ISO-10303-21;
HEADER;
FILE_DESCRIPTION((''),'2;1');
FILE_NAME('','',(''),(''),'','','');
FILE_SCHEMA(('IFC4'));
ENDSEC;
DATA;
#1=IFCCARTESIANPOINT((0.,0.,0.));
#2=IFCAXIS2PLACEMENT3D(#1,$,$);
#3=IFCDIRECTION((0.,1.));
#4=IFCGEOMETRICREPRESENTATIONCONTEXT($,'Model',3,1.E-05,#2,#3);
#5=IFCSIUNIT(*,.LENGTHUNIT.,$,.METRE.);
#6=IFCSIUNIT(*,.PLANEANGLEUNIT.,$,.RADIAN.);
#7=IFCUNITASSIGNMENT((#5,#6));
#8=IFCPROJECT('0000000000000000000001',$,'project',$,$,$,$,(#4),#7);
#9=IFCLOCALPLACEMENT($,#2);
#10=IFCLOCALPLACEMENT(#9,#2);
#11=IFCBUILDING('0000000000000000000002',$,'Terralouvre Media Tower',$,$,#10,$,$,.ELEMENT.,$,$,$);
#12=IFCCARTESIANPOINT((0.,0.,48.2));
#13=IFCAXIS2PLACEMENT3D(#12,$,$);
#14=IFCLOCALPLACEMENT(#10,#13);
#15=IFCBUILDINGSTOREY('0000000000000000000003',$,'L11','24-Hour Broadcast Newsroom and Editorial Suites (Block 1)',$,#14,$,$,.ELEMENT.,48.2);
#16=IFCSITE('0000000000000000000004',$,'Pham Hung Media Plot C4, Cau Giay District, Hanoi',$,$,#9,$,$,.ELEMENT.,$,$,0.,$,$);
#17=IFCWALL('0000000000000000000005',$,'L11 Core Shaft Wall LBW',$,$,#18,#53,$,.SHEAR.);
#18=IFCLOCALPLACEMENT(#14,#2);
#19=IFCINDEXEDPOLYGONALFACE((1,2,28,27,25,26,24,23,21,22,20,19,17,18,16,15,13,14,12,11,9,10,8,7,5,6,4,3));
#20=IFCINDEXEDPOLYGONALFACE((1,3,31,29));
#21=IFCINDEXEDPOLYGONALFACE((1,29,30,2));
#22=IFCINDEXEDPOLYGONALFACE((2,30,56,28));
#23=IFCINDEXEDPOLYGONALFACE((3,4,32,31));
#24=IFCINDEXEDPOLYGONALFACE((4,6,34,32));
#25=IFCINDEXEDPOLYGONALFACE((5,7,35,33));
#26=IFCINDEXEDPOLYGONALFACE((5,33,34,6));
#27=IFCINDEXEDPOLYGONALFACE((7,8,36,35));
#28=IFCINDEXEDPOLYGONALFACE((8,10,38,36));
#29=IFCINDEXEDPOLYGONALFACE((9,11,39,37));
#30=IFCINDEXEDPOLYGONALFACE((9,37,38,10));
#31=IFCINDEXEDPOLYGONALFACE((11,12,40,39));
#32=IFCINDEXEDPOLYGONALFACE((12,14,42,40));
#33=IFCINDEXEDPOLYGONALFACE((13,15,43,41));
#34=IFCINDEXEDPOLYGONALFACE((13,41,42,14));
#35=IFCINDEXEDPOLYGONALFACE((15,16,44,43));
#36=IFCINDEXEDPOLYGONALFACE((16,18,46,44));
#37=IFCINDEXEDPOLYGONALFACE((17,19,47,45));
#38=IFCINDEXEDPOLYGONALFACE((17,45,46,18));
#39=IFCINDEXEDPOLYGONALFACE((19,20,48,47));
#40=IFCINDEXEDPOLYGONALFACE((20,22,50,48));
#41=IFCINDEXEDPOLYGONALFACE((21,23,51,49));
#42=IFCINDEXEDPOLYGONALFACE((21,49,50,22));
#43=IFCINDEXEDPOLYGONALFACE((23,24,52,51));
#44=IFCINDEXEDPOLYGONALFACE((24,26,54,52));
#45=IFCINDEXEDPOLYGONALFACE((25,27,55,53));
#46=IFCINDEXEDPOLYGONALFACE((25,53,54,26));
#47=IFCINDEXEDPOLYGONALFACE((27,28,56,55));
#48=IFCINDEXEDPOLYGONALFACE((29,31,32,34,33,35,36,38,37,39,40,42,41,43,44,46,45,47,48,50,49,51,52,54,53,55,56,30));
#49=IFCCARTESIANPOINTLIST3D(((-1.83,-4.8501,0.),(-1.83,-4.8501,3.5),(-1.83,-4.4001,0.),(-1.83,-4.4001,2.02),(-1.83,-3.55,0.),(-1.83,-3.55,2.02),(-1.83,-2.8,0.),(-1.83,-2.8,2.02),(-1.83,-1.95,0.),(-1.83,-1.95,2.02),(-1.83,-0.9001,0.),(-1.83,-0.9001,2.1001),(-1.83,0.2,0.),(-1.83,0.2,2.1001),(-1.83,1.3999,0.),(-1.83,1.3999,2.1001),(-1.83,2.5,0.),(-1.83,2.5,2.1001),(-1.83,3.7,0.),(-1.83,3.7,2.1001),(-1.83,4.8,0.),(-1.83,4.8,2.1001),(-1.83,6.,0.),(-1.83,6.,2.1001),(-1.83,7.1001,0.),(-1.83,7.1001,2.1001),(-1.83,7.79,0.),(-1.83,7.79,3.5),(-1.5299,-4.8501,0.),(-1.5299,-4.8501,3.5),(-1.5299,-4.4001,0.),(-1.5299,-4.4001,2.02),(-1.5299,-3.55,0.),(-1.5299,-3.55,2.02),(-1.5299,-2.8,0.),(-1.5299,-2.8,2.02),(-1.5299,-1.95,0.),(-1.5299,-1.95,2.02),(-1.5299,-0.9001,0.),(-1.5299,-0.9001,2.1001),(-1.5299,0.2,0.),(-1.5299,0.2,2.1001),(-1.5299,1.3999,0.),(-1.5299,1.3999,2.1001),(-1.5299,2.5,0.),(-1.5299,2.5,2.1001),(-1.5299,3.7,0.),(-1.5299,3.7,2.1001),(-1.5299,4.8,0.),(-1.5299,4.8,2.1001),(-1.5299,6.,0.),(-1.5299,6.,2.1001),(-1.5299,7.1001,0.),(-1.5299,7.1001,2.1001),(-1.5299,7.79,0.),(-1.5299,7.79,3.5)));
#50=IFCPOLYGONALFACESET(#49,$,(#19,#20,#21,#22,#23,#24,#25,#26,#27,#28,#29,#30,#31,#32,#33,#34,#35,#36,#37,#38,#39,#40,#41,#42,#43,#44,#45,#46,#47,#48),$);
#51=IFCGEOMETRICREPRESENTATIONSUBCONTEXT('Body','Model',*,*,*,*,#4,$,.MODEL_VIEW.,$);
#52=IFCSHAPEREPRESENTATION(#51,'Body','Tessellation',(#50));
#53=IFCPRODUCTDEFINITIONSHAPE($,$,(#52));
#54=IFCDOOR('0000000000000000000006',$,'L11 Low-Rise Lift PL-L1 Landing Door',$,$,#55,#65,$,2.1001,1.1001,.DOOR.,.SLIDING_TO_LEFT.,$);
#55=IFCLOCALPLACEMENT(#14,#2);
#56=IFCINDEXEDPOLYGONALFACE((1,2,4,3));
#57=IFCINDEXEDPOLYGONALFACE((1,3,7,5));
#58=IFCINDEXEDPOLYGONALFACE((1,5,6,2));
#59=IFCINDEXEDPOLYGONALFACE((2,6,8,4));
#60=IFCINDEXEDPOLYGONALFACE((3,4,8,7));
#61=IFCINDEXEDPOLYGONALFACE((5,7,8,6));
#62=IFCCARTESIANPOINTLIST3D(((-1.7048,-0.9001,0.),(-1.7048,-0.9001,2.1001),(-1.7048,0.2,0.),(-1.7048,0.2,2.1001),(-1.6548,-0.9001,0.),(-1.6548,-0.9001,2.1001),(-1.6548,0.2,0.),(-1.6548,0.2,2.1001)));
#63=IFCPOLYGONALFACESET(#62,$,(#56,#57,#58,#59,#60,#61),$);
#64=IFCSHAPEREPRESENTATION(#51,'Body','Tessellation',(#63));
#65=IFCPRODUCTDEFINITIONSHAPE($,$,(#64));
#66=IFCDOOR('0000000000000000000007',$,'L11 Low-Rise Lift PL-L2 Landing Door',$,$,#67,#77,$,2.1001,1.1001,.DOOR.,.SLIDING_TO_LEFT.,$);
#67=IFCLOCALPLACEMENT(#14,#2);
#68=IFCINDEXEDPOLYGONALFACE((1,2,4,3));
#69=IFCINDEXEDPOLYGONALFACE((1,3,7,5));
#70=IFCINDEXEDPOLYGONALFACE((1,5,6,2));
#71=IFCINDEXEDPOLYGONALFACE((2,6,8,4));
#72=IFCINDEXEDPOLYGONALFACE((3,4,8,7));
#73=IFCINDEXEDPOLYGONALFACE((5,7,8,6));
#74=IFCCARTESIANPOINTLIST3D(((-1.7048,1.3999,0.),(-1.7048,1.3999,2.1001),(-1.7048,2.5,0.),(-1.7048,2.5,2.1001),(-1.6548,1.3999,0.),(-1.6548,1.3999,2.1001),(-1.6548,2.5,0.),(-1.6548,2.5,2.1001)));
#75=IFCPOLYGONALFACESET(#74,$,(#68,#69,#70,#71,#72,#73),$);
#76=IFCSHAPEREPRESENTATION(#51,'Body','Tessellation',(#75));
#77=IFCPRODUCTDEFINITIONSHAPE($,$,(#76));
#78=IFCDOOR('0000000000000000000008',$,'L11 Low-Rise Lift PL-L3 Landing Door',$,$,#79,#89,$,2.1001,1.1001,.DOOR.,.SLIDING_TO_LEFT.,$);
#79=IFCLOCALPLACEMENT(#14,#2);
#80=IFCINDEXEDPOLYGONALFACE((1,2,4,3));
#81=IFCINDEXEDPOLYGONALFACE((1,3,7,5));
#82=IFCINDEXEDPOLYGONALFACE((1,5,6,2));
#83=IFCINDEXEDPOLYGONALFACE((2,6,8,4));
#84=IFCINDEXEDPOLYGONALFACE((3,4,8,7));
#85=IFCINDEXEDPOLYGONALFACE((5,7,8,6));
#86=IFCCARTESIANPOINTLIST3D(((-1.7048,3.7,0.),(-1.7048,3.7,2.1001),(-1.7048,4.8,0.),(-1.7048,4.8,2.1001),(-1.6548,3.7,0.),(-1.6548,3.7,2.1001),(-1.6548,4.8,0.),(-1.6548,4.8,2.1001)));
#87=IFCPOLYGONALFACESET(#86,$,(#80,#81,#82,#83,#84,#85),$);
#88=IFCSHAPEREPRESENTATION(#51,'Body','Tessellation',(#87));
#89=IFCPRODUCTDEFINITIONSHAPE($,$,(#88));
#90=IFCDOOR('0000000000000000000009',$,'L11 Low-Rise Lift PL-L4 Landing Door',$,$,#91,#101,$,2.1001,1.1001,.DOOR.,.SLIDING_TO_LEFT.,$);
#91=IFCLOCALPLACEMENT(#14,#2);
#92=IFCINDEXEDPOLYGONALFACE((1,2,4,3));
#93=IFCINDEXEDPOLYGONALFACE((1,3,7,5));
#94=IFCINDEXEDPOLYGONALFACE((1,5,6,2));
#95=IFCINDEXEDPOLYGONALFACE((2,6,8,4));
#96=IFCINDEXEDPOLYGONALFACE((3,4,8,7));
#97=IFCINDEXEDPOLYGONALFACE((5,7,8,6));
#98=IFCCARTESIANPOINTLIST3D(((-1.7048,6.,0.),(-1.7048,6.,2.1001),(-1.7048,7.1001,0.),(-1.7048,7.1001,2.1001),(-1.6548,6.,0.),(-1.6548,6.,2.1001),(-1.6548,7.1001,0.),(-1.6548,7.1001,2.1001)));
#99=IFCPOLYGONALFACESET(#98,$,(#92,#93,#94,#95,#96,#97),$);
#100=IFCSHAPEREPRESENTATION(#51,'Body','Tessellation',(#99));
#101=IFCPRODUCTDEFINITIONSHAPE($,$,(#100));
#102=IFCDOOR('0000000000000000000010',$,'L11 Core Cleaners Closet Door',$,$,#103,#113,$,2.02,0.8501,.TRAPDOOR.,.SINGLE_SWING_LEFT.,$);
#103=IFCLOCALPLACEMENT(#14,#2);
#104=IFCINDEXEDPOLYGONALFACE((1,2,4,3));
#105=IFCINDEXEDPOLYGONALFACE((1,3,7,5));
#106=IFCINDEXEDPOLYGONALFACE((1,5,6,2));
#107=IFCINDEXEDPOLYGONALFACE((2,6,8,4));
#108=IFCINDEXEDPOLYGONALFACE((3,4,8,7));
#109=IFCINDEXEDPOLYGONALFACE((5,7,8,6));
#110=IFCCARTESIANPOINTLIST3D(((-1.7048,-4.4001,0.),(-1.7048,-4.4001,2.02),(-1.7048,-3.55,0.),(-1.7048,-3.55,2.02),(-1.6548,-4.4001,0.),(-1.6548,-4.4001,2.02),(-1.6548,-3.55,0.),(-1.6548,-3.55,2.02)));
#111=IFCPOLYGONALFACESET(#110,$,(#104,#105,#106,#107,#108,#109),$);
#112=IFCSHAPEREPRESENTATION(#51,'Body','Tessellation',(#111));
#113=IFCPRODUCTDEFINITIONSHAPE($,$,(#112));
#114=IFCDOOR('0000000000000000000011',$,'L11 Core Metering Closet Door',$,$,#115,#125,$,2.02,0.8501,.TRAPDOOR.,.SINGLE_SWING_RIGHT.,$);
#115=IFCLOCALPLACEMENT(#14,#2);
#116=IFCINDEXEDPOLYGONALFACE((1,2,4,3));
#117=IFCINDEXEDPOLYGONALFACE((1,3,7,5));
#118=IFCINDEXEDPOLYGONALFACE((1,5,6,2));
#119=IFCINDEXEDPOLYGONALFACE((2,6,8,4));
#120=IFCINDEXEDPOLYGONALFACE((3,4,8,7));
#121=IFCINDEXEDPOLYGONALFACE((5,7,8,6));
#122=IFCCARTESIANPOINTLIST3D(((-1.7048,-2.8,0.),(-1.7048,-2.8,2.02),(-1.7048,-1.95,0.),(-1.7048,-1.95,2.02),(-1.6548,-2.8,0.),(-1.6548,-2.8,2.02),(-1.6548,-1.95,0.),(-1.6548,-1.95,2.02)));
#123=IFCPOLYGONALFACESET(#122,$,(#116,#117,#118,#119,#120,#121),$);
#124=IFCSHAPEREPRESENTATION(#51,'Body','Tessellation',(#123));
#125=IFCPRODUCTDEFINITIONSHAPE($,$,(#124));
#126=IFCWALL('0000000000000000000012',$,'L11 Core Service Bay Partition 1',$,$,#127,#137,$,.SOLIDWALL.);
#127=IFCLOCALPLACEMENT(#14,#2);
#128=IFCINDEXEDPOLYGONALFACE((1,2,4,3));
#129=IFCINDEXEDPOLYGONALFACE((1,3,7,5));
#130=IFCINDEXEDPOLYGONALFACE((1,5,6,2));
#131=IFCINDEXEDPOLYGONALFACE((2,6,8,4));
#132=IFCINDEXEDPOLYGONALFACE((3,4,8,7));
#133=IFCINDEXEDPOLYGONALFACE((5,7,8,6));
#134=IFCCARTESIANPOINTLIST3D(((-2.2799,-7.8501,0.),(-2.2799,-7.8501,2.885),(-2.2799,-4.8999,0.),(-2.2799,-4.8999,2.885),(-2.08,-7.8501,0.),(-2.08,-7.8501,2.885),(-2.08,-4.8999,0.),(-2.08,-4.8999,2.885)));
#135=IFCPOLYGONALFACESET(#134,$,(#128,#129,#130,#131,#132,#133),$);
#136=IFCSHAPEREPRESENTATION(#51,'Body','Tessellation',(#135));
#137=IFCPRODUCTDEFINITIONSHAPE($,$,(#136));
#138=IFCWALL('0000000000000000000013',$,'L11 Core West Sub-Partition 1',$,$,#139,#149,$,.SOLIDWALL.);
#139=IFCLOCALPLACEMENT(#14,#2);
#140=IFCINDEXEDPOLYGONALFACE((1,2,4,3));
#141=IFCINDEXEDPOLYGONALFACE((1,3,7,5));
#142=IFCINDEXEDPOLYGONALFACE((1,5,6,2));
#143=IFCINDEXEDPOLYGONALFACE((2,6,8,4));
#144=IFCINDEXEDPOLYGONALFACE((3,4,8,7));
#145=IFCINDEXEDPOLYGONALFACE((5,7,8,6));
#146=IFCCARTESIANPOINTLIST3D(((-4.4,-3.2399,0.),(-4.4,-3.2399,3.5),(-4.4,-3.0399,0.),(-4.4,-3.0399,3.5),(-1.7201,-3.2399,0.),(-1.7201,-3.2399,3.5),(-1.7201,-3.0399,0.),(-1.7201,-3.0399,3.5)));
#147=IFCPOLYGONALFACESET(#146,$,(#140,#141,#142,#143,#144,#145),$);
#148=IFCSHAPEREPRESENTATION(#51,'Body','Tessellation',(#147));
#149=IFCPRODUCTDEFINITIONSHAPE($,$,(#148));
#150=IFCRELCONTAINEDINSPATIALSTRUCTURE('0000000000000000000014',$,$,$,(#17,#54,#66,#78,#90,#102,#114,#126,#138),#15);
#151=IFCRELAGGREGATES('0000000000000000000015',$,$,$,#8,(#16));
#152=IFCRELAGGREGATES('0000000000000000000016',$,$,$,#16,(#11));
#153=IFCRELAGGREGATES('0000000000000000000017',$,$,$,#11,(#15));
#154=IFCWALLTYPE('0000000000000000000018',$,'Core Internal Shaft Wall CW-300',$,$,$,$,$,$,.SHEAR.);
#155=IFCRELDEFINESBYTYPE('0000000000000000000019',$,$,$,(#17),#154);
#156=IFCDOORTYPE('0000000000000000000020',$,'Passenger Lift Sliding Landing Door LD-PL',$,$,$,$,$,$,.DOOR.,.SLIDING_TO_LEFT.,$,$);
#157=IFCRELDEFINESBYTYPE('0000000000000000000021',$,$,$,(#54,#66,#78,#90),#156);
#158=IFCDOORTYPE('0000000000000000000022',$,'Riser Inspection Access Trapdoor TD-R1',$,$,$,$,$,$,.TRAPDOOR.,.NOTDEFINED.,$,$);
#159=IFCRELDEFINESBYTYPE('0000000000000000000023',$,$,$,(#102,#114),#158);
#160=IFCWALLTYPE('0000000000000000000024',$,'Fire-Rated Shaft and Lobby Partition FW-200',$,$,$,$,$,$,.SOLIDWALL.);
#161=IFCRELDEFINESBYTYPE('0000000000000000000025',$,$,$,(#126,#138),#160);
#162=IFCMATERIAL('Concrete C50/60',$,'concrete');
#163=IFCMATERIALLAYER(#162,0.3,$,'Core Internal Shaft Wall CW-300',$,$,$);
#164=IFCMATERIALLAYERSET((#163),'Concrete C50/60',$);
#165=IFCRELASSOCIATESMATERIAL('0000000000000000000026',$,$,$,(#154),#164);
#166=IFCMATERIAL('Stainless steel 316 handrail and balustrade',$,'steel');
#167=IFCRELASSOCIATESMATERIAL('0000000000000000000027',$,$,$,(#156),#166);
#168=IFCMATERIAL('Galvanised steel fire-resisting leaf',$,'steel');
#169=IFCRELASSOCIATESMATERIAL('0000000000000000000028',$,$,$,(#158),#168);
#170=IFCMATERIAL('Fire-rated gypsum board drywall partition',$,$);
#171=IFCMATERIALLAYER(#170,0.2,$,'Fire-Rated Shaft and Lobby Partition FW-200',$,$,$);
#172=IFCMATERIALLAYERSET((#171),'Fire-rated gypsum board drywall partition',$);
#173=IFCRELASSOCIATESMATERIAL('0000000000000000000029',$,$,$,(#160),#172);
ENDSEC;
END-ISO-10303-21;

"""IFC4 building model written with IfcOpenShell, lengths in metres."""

from ifc_helpers import new_model, si_unit, direction, frame, frame_2d, origin, place, context, subcontext, project, spatial, rectangle, extrude, material, layer, layer_set, type_object, element, fill, save


model = new_model("IFC4")

# Units and contexts
model_context = context("Model", 3, precision=1e-05, world=origin(), true_north=direction((0.0, 1.0)))
body_context = subcontext(model_context, "Body", "Model", "MODEL_VIEW")
ifc_project = project(units=[si_unit("LENGTHUNIT", "METRE"), si_unit("PLANEANGLEUNIT", "RADIAN")], contexts=[model_context])

# Site, building, storey
site_placement = place(None, origin())
site = spatial("IfcSite", under=ifc_project, at=site_placement, Name="Pham Hung Media Plot C4, Cau Giay District, Hanoi", CompositionType="ELEMENT", RefElevation=0.0)
building_placement = place(site_placement, origin())
building = spatial("IfcBuilding", under=site, at=building_placement, Name="Terralouvre Media Tower", CompositionType="ELEMENT")
storey_placement = place(building_placement, frame((0.0, 0.0, 48.2)))
storey = spatial("IfcBuildingStorey", under=building, at=storey_placement, Name="L11", Description="24-Hour Broadcast Newsroom and Editorial Suites (Block 1)", CompositionType="ELEMENT", Elevation=48.2)

# Shared definitions
ifc_material_1 = material(Name="Concrete C50/60", Category="concrete")
ifc_layer_1 = layer(ifc_material_1, 0.3, Name="Core Internal Shaft Wall CW-300")
ifc_layer_set_1 = layer_set([ifc_layer_1], Name="Concrete C50/60")
wall_type_1 = type_object("IfcWallType", Name="Core Internal Shaft Wall CW-300", PredefinedType="SHEAR", material=ifc_layer_set_1)

# Wall, openings, doors
wall_1_placement = place(storey_placement, frame((-1.6799, -4.8501, 0.0), z_axis=(0.0, 0.0, 1.0), x_axis=(0.0, 1.0, 0.0)))
wall_1 = element("IfcWall", 1, at=wall_1_placement, inside=storey, type_object=wall_type_1, Name="L11 Core Shaft Wall LBW", PredefinedType="SHEAR", context=body_context, shape_type="SweptSolid", body=[
    extrude(rectangle(XDim=12.6401, YDim=0.3, at=frame_2d((6.3201, 0.0))), origin(), (0.0, 0.0, 1.0), 3.5),
])
opening_1_placement = place(wall_1_placement, frame((3.95, 0.0, 0.0)))
opening_1 = element("IfcOpeningElement", 2, at=opening_1_placement, cuts=wall_1, PredefinedType="OPENING", context=body_context, shape_type="SweptSolid", body=[
    extrude(rectangle(XDim=1.1001, YDim=2.1001, at=frame_2d((0.55, 1.05))), frame((0.0, 0.1599, 0.0), z_axis=(0.0, -1.0, 0.0), x_axis=(1.0, 0.0, 0.0)), (0.0, 0.0, 1.0), 0.3201),
])
opening_2_placement = place(wall_1_placement, frame((6.25, 0.0, 0.0)))
opening_2 = element("IfcOpeningElement", 3, at=opening_2_placement, cuts=wall_1, PredefinedType="OPENING", context=body_context, shape_type="SweptSolid", body=[
    extrude(rectangle(XDim=1.1001, YDim=2.1001, at=frame_2d((0.55, 1.05))), frame((0.0, 0.1599, 0.0), z_axis=(0.0, -1.0, 0.0), x_axis=(1.0, 0.0, 0.0)), (0.0, 0.0, 1.0), 0.3201),
])
opening_3_placement = place(wall_1_placement, frame((8.55, 0.0, 0.0)))
opening_3 = element("IfcOpeningElement", 4, at=opening_3_placement, cuts=wall_1, PredefinedType="OPENING", context=body_context, shape_type="SweptSolid", body=[
    extrude(rectangle(XDim=1.1001, YDim=2.1001, at=frame_2d((0.55, 1.05))), frame((0.0, 0.1599, 0.0), z_axis=(0.0, -1.0, 0.0), x_axis=(1.0, 0.0, 0.0)), (0.0, 0.0, 1.0), 0.3201),
])
opening_4_placement = place(wall_1_placement, frame((10.8501, 0.0, 0.0)))
opening_4 = element("IfcOpeningElement", 5, at=opening_4_placement, cuts=wall_1, PredefinedType="OPENING", context=body_context, shape_type="SweptSolid", body=[
    extrude(rectangle(XDim=1.1001, YDim=2.1001, at=frame_2d((0.55, 1.05))), frame((0.0, 0.1599, 0.0), z_axis=(0.0, -1.0, 0.0), x_axis=(1.0, 0.0, 0.0)), (0.0, 0.0, 1.0), 0.3201),
])
opening_5_placement = place(wall_1_placement, frame((0.45, 0.0, 0.0)))
opening_5 = element("IfcOpeningElement", 6, at=opening_5_placement, cuts=wall_1, PredefinedType="OPENING", context=body_context, shape_type="SweptSolid", body=[
    extrude(rectangle(XDim=0.8501, YDim=2.02, at=frame_2d((0.425, 1.01))), frame((0.0, 0.1599, 0.0), z_axis=(0.0, -1.0, 0.0), x_axis=(1.0, 0.0, 0.0)), (0.0, 0.0, 1.0), 0.3201),
])
opening_6_placement = place(wall_1_placement, frame((2.05, 0.0, 0.0)))
opening_6 = element("IfcOpeningElement", 7, at=opening_6_placement, cuts=wall_1, PredefinedType="OPENING", context=body_context, shape_type="SweptSolid", body=[
    extrude(rectangle(XDim=0.8501, YDim=2.02, at=frame_2d((0.425, 1.01))), frame((0.0, 0.1599, 0.0), z_axis=(0.0, -1.0, 0.0), x_axis=(1.0, 0.0, 0.0)), (0.0, 0.0, 1.0), 0.3201),
])
ifc_material_2 = material(Name="Stainless steel 316 handrail and balustrade", Category="steel")
door_type_1 = type_object("IfcDoorType", Name="Passenger Lift Sliding Landing Door LD-PL", OperationType="SLIDING_TO_LEFT", PredefinedType="DOOR", material=ifc_material_2)
door_1_placement = place(opening_1_placement, origin())
door_1 = element("IfcDoor", 8, at=door_1_placement, inside=storey, type_object=door_type_1, Name="L11 Low-Rise Lift PL-L1 Landing Door", OperationType="SLIDING_TO_LEFT", OverallHeight=2.1001, OverallWidth=1.1001, PredefinedType="DOOR", context=body_context, shape_type="SweptSolid", body=[
    extrude(rectangle(XDim=1.1001, YDim=2.1001, at=frame_2d((0.55, 1.05))), frame((0.0, 0.0249, 0.0), z_axis=(0.0, -1.0, 0.0), x_axis=(1.0, 0.0, 0.0)), (0.0, 0.0, 1.0), 0.05),
])
fill(opening_1, door_1)
door_2_placement = place(opening_2_placement, origin())
door_2 = element("IfcDoor", 9, at=door_2_placement, inside=storey, type_object=door_type_1, Name="L11 Low-Rise Lift PL-L2 Landing Door", OperationType="SLIDING_TO_LEFT", OverallHeight=2.1001, OverallWidth=1.1001, PredefinedType="DOOR", context=body_context, shape_type="SweptSolid", body=[
    extrude(rectangle(XDim=1.1001, YDim=2.1001, at=frame_2d((0.55, 1.05))), frame((0.0, 0.0249, 0.0), z_axis=(0.0, -1.0, 0.0), x_axis=(1.0, 0.0, 0.0)), (0.0, 0.0, 1.0), 0.05),
])
fill(opening_2, door_2)
door_3_placement = place(opening_3_placement, origin())
door_3 = element("IfcDoor", 10, at=door_3_placement, inside=storey, type_object=door_type_1, Name="L11 Low-Rise Lift PL-L3 Landing Door", OperationType="SLIDING_TO_LEFT", OverallHeight=2.1001, OverallWidth=1.1001, PredefinedType="DOOR", context=body_context, shape_type="SweptSolid", body=[
    extrude(rectangle(XDim=1.1001, YDim=2.1001, at=frame_2d((0.55, 1.05))), frame((0.0, 0.0249, 0.0), z_axis=(0.0, -1.0, 0.0), x_axis=(1.0, 0.0, 0.0)), (0.0, 0.0, 1.0), 0.05),
])
fill(opening_3, door_3)
door_4_placement = place(opening_4_placement, origin())
door_4 = element("IfcDoor", 11, at=door_4_placement, inside=storey, type_object=door_type_1, Name="L11 Low-Rise Lift PL-L4 Landing Door", OperationType="SLIDING_TO_LEFT", OverallHeight=2.1001, OverallWidth=1.1001, PredefinedType="DOOR", context=body_context, shape_type="SweptSolid", body=[
    extrude(rectangle(XDim=1.1001, YDim=2.1001, at=frame_2d((0.55, 1.05))), frame((0.0, 0.0249, 0.0), z_axis=(0.0, -1.0, 0.0), x_axis=(1.0, 0.0, 0.0)), (0.0, 0.0, 1.0), 0.05),
])
fill(opening_4, door_4)
ifc_material_3 = material(Name="Galvanised steel fire-resisting leaf", Category="steel")
door_type_2 = type_object("IfcDoorType", Name="Riser Inspection Access Trapdoor TD-R1", OperationType="NOTDEFINED", PredefinedType="TRAPDOOR", material=ifc_material_3)
door_5_placement = place(opening_5_placement, origin())
door_5 = element("IfcDoor", 12, at=door_5_placement, inside=storey, type_object=door_type_2, Name="L11 Core Cleaners Closet Door", OperationType="SINGLE_SWING_LEFT", OverallHeight=2.02, OverallWidth=0.8501, PredefinedType="TRAPDOOR", context=body_context, shape_type="SweptSolid", body=[
    extrude(rectangle(XDim=0.8501, YDim=2.02, at=frame_2d((0.425, 1.01))), frame((0.0, 0.0249, 0.0), z_axis=(0.0, -1.0, 0.0), x_axis=(1.0, 0.0, 0.0)), (0.0, 0.0, 1.0), 0.05),
])
fill(opening_5, door_5)
door_6_placement = place(opening_6_placement, origin())
door_6 = element("IfcDoor", 13, at=door_6_placement, inside=storey, type_object=door_type_2, Name="L11 Core Metering Closet Door", OperationType="SINGLE_SWING_RIGHT", OverallHeight=2.02, OverallWidth=0.8501, PredefinedType="TRAPDOOR", context=body_context, shape_type="SweptSolid", body=[
    extrude(rectangle(XDim=0.8501, YDim=2.02, at=frame_2d((0.425, 1.01))), frame((0.0, 0.0249, 0.0), z_axis=(0.0, -1.0, 0.0), x_axis=(1.0, 0.0, 0.0)), (0.0, 0.0, 1.0), 0.05),
])
fill(opening_6, door_6)

# Walls
ifc_material_4 = material(Name="Fire-rated gypsum board drywall partition")
ifc_layer_2 = layer(ifc_material_4, 0.2, Name="Fire-Rated Shaft and Lobby Partition FW-200")
ifc_layer_set_2 = layer_set([ifc_layer_2], Name="Fire-rated gypsum board drywall partition")
wall_type_2 = type_object("IfcWallType", Name="Fire-Rated Shaft and Lobby Partition FW-200", PredefinedType="SOLIDWALL", material=ifc_layer_set_2)
wall_2_placement = place(storey_placement, frame((-2.1799, -7.8501, 0.0), z_axis=(0.0, 0.0, 1.0), x_axis=(0.0, 1.0, 0.0)))
element("IfcWall", 14, at=wall_2_placement, inside=storey, type_object=wall_type_2, Name="L11 Core Service Bay Partition 1", PredefinedType="SOLIDWALL", context=body_context, shape_type="SweptSolid", body=[
    extrude(rectangle(XDim=2.9502, YDim=0.2, at=frame_2d((1.4751, 0.0))), origin(), (0.0, 0.0, 1.0), 2.885),
])
wall_3_placement = place(storey_placement, frame((-4.3999, -3.1399, 0.0), z_axis=(0.0, 0.0, 1.0), x_axis=(1.0, 0.0, 0.0)))
element("IfcWall", 15, at=wall_3_placement, inside=storey, type_object=wall_type_2, Name="L11 Core West Sub-Partition 1", PredefinedType="SOLIDWALL", context=body_context, shape_type="SweptSolid", body=[
    extrude(rectangle(XDim=2.6799, YDim=0.2, at=frame_2d((1.3398, 0.0))), origin(), (0.0, 0.0, 1.0), 3.5),
])

save(model, "model.ifc")
